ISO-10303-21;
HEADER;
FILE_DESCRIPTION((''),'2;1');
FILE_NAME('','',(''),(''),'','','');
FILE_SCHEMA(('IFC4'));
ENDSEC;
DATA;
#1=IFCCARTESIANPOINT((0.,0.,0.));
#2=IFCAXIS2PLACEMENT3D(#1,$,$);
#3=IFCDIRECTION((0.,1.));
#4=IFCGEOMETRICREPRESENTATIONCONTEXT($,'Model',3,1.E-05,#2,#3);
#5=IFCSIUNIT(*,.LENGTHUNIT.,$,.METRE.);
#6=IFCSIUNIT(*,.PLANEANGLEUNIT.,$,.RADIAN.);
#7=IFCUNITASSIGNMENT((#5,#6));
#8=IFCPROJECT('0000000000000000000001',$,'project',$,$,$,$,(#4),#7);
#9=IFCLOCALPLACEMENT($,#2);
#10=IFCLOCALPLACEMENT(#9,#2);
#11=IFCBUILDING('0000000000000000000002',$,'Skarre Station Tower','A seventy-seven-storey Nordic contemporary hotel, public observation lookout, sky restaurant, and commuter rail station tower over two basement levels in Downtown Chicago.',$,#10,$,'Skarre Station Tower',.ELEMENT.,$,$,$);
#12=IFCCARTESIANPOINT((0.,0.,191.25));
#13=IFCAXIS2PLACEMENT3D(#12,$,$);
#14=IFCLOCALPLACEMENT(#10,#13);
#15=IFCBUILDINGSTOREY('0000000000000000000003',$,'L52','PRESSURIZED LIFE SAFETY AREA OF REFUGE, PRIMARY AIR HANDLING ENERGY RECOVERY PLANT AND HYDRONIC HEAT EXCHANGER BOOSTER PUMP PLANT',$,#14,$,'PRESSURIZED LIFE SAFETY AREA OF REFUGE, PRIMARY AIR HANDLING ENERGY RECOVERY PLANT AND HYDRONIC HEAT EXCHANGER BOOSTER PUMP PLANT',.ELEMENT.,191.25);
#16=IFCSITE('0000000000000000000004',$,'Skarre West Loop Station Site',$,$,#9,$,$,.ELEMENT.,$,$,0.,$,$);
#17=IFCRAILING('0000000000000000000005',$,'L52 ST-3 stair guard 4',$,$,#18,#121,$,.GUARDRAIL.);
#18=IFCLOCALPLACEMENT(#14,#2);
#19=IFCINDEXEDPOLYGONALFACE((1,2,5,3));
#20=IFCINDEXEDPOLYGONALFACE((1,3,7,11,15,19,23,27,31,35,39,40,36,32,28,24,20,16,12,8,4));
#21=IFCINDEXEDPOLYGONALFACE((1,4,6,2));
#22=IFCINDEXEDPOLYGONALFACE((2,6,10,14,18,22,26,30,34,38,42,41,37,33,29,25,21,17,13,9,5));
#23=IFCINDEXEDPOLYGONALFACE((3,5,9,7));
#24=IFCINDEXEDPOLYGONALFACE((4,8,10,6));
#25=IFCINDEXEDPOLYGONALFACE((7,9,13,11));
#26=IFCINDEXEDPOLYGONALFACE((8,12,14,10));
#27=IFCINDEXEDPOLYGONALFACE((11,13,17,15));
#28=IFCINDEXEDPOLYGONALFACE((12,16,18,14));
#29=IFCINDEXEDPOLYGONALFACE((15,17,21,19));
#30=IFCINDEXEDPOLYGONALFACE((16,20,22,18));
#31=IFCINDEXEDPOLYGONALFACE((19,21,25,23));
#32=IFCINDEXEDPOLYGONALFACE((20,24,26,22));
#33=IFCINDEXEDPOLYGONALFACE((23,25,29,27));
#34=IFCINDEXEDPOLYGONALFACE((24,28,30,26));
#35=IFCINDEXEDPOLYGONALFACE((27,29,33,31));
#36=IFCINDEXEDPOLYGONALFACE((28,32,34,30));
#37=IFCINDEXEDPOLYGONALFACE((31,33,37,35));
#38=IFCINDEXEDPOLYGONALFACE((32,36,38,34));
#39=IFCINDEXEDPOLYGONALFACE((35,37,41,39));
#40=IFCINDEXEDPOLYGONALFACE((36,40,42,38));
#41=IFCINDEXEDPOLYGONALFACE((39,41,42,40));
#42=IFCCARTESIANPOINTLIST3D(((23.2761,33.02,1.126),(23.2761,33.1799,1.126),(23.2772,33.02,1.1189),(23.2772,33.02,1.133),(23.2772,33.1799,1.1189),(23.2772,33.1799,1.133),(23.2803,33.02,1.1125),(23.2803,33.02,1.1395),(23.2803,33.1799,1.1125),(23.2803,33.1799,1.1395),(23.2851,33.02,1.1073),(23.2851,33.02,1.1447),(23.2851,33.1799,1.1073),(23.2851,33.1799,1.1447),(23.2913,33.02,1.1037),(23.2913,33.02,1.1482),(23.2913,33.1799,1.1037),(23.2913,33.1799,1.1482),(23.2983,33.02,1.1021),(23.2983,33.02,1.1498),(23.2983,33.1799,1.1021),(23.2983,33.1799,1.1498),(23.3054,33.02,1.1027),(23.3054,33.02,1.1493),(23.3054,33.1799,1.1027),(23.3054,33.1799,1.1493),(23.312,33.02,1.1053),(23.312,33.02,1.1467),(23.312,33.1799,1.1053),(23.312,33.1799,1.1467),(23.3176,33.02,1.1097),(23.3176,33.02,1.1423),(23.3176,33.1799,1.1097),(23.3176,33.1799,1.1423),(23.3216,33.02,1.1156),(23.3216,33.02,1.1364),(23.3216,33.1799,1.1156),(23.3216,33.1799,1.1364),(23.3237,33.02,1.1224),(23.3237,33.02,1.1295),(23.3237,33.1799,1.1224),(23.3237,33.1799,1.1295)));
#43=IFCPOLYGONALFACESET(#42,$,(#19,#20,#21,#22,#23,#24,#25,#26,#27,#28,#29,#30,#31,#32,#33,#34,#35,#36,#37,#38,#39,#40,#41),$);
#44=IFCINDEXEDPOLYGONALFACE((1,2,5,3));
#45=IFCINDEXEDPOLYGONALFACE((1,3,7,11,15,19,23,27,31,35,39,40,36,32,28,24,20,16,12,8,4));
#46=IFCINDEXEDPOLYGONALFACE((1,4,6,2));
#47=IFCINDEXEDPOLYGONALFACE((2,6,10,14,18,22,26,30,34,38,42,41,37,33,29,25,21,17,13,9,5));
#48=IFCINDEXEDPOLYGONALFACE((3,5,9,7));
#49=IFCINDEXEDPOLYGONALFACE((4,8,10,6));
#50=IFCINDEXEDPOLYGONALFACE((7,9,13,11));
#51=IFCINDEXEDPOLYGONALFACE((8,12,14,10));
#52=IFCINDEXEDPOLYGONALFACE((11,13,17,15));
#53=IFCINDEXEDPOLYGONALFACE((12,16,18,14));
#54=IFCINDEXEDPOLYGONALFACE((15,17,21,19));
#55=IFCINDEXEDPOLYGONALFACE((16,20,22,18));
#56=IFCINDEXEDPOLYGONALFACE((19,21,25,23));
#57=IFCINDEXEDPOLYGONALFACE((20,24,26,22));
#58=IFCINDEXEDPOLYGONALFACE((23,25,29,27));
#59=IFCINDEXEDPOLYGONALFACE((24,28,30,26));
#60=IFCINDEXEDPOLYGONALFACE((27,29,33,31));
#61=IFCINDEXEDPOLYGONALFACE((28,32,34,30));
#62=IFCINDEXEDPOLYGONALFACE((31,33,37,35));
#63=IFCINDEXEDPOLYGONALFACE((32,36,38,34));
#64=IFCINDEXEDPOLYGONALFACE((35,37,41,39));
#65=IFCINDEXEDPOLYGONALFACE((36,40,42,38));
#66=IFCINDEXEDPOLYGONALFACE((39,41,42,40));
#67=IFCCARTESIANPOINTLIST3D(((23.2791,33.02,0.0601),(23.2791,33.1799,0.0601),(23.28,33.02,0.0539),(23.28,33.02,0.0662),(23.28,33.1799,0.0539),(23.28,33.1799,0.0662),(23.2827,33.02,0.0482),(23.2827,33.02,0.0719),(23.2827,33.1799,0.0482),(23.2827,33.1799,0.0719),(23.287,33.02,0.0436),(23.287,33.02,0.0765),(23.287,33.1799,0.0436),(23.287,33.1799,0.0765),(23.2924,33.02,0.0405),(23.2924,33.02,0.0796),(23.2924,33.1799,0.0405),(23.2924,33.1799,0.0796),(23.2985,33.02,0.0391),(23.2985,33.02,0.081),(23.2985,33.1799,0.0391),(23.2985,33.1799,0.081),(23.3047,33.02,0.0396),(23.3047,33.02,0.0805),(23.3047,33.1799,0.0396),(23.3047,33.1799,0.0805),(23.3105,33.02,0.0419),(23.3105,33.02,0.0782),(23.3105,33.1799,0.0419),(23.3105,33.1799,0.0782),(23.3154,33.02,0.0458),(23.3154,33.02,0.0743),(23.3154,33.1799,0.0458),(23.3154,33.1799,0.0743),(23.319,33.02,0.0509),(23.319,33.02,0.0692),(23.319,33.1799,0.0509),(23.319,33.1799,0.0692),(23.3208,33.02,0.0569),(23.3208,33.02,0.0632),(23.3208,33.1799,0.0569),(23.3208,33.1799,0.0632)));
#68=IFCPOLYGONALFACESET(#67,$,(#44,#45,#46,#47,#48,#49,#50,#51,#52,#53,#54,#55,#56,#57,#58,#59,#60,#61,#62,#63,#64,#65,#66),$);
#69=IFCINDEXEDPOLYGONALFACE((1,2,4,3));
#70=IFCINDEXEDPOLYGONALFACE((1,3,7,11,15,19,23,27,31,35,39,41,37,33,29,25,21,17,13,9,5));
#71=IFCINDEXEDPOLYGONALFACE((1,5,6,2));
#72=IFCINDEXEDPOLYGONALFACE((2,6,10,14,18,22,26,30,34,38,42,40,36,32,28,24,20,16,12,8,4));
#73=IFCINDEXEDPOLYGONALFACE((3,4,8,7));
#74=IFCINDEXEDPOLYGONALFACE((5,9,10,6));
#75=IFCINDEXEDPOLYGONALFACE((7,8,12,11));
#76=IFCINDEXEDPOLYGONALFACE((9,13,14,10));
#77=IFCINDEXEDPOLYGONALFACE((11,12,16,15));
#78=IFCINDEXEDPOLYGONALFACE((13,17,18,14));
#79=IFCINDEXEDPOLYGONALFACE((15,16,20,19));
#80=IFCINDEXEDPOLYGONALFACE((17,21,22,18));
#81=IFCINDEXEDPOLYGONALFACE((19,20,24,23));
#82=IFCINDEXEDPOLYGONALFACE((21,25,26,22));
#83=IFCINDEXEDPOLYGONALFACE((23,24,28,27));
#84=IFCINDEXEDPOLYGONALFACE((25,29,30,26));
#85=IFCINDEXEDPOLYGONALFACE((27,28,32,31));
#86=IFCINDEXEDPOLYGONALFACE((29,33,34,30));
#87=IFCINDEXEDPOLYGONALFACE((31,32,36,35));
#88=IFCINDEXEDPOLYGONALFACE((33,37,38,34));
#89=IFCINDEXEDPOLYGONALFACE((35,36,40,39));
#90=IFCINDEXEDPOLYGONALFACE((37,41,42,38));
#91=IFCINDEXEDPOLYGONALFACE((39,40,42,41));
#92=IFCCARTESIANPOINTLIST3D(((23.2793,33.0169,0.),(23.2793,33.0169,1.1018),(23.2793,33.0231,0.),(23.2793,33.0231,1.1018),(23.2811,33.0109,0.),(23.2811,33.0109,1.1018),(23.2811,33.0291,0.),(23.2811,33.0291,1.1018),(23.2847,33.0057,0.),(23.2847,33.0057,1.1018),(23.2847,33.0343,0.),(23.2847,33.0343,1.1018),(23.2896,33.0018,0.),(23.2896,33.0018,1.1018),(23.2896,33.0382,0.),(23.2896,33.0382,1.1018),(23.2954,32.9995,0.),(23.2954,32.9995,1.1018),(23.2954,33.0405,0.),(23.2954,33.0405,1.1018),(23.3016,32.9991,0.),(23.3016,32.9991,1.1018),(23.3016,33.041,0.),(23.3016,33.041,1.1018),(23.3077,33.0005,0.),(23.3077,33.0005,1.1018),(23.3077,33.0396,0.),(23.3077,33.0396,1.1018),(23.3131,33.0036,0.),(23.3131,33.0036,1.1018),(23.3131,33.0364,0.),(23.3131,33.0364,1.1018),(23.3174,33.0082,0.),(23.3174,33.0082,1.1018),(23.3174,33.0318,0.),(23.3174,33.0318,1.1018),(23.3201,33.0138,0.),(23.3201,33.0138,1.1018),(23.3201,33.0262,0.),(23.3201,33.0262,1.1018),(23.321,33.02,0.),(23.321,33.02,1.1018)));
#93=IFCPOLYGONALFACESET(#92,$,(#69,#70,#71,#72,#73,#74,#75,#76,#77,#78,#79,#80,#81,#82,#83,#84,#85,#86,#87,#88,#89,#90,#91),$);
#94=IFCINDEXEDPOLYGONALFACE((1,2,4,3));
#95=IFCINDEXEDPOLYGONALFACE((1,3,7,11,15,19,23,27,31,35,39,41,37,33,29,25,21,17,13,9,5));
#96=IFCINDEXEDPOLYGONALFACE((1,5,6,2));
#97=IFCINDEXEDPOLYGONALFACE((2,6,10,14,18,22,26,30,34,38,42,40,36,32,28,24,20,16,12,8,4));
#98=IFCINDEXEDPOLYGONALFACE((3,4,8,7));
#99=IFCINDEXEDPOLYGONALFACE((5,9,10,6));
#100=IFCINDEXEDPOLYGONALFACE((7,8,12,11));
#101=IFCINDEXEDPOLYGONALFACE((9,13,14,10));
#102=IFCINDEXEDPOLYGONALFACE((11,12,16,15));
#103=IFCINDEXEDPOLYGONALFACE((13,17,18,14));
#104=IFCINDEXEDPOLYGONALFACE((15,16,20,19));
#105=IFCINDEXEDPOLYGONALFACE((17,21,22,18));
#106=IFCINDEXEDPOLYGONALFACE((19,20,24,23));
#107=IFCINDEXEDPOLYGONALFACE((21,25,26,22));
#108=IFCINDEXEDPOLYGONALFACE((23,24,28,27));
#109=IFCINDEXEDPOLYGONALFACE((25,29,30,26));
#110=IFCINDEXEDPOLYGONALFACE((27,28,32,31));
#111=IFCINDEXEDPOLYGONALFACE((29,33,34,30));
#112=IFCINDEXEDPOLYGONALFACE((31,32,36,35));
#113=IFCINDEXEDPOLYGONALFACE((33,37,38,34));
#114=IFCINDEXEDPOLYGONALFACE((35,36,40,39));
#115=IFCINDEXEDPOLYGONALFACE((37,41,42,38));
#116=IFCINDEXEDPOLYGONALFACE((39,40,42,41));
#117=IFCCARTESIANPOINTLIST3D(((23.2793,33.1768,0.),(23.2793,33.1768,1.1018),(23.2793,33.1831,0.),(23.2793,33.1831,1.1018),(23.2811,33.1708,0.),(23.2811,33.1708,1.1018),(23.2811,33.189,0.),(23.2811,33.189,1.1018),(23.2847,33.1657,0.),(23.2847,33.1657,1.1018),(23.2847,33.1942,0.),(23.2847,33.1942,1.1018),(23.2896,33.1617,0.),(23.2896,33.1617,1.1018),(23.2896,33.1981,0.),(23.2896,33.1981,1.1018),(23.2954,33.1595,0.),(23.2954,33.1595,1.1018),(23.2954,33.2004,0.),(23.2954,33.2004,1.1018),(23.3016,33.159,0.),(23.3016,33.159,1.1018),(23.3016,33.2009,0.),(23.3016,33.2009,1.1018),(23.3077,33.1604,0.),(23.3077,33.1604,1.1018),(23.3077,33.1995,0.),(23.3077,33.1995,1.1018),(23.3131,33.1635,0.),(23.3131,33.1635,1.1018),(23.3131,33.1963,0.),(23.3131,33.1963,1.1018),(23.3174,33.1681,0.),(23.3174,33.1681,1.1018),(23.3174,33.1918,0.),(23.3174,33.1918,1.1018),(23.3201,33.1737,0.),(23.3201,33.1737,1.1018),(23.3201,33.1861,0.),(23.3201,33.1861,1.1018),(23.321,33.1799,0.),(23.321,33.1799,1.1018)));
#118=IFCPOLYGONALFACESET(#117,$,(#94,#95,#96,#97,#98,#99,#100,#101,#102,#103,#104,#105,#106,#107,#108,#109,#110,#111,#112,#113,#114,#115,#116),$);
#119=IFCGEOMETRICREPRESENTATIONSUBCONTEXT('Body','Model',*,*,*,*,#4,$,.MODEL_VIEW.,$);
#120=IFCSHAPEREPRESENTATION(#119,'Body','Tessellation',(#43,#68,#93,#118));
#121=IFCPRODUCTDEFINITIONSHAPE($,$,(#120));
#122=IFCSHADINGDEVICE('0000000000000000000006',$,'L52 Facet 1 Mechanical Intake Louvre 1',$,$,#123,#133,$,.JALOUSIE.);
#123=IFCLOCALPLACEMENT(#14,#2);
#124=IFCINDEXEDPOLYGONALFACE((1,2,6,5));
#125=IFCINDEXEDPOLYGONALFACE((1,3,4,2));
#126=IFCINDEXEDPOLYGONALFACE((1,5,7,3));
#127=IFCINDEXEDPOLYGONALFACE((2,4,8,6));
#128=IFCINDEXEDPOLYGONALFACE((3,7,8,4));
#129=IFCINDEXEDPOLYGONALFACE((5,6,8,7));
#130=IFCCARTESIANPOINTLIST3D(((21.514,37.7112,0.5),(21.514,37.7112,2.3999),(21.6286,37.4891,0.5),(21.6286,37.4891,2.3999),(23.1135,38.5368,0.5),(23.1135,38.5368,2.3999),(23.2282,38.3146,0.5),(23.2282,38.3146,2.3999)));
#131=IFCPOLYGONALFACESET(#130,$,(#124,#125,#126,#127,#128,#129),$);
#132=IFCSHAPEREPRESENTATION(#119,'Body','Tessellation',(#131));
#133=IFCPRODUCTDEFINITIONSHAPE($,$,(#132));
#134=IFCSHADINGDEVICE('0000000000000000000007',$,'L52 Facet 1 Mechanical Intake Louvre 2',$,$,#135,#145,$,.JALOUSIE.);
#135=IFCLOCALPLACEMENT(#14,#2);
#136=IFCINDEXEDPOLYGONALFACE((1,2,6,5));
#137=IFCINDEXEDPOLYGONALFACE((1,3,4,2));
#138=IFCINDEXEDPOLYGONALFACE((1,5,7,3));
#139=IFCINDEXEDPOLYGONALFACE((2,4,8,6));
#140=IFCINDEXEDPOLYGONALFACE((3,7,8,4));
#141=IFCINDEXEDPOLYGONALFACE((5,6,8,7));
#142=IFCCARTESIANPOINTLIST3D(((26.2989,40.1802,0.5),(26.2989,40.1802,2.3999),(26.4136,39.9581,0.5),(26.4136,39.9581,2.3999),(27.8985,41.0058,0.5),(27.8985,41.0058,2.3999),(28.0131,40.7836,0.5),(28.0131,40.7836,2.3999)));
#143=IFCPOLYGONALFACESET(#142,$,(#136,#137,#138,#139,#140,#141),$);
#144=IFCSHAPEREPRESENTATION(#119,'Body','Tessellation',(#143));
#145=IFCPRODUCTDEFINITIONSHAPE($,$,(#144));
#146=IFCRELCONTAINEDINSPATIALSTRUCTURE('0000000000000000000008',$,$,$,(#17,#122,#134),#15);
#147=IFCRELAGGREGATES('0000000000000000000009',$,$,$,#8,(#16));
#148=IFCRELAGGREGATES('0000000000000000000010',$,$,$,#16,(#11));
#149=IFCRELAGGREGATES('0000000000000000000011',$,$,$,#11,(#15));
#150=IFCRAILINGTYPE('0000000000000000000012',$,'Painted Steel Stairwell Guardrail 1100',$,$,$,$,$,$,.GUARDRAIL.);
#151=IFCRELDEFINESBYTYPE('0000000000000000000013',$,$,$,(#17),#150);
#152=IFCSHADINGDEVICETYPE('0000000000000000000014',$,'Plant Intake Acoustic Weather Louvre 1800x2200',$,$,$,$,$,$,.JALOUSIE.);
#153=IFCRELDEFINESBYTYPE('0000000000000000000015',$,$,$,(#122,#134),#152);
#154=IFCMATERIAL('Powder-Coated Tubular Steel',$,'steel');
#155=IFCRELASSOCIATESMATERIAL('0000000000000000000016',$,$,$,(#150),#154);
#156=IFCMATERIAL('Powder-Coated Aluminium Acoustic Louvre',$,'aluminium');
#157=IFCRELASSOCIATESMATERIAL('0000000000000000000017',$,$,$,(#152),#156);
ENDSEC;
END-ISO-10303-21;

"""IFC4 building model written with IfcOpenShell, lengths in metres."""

from ifc_helpers import new_model, si_unit, direction, frame, origin, origin_2d, place, context, subcontext, project, spatial, rectangle, circle, extrude, material, type_object, element, save


model = new_model("IFC4")

# Units and contexts
model_context = context("Model", 3, precision=1e-05, world=origin(), true_north=direction((0.0, 1.0)))
body_context = subcontext(model_context, "Body", "Model", "MODEL_VIEW")
ifc_project = project(units=[si_unit("LENGTHUNIT", "METRE"), si_unit("PLANEANGLEUNIT", "RADIAN")], contexts=[model_context])

# Site, building, storey
site_placement = place(None, origin())
site = spatial("IfcSite", under=ifc_project, at=site_placement, Name="Skarre West Loop Station Site", CompositionType="ELEMENT", RefElevation=0.0)
building_placement = place(site_placement, origin())
building = spatial("IfcBuilding", under=site, at=building_placement, Name="Skarre Station Tower", Description="A seventy-seven-storey Nordic contemporary hotel, public observation lookout, sky restaurant, and commuter rail station tower over two basement levels in Downtown Chicago.", LongName="Skarre Station Tower", CompositionType="ELEMENT")
storey_placement = place(building_placement, frame((0.0, 0.0, 191.25)))
storey = spatial("IfcBuildingStorey", under=building, at=storey_placement, Name="L52", Description="PRESSURIZED LIFE SAFETY AREA OF REFUGE, PRIMARY AIR HANDLING ENERGY RECOVERY PLANT AND HYDRONIC HEAT EXCHANGER BOOSTER PUMP PLANT", LongName="PRESSURIZED LIFE SAFETY AREA OF REFUGE, PRIMARY AIR HANDLING ENERGY RECOVERY PLANT AND HYDRONIC HEAT EXCHANGER BOOSTER PUMP PLANT", CompositionType="ELEMENT", Elevation=191.25)

# Railing
ifc_material_1 = material(Name="Powder-Coated Tubular Steel", Category="steel")
railing_type_1 = type_object("IfcRailingType", Name="Painted Steel Stairwell Guardrail 1100", PredefinedType="GUARDRAIL", material=ifc_material_1)
railing_1_placement = place(storey_placement, frame((23.3, 33.02, 0.0)))
element("IfcRailing", 1, at=railing_1_placement, inside=storey, type_object=railing_type_1, Name="L52 ST-3 stair guard 4", PredefinedType="GUARDRAIL", context=body_context, shape_type="SweptSolid", body=[
    extrude(circle(Radius=0.0239, at=origin_2d()), frame((0.0, 0.0, 1.126), z_axis=(0.0, 1.0, 0.0), x_axis=(-1.0, 0.0, 0.0)), (0.0, 0.0, 1.0), 0.1599),
    extrude(circle(Radius=0.021, at=origin_2d()), frame((0.0, 0.0, 0.0601), z_axis=(0.0, 1.0, 0.0), x_axis=(-1.0, 0.0, 0.0)), (0.0, 0.0, 1.0), 0.1599),
    extrude(circle(Radius=0.021, at=origin_2d()), origin(), (0.0, 0.0, 1.0), 1.1018),
    extrude(circle(Radius=0.021, at=origin_2d()), frame((0.0, 0.1599, 0.0)), (0.0, 0.0, 1.0), 1.1018),
])

# Shading devices
ifc_material_2 = material(Name="Powder-Coated Aluminium Acoustic Louvre", Category="aluminium")
shading_device_type = type_object("IfcShadingDeviceType", Name="Plant Intake Acoustic Weather Louvre 1800x2200", PredefinedType="JALOUSIE", material=ifc_material_2)
for number, where, z_axis, x_axis, name in (
    (2, (22.3711, 38.0129, 0.5), (0.0, 0.0, 1.0), (-0.458634, 0.888625, 0.0), "L52 Facet 1 Mechanical Intake Louvre 1"),
    (3, (27.156, 40.4819, 0.5), (0.0, 0.0, 1.0), (-0.458634, 0.888625, 0.0), "L52 Facet 1 Mechanical Intake Louvre 2"),
):
    element("IfcShadingDevice", number, at=place(storey_placement, frame(where, z_axis=z_axis, x_axis=x_axis)), inside=storey, type_object=shading_device_type, Name=name, PredefinedType="JALOUSIE", context=body_context, shape_type="SweptSolid", body=[
        extrude(rectangle(XDim=0.25, YDim=1.8, at=origin_2d()), origin(), (0.0, 0.0, 1.0), 1.8999),
    ])

save(model, "model.ifc")
